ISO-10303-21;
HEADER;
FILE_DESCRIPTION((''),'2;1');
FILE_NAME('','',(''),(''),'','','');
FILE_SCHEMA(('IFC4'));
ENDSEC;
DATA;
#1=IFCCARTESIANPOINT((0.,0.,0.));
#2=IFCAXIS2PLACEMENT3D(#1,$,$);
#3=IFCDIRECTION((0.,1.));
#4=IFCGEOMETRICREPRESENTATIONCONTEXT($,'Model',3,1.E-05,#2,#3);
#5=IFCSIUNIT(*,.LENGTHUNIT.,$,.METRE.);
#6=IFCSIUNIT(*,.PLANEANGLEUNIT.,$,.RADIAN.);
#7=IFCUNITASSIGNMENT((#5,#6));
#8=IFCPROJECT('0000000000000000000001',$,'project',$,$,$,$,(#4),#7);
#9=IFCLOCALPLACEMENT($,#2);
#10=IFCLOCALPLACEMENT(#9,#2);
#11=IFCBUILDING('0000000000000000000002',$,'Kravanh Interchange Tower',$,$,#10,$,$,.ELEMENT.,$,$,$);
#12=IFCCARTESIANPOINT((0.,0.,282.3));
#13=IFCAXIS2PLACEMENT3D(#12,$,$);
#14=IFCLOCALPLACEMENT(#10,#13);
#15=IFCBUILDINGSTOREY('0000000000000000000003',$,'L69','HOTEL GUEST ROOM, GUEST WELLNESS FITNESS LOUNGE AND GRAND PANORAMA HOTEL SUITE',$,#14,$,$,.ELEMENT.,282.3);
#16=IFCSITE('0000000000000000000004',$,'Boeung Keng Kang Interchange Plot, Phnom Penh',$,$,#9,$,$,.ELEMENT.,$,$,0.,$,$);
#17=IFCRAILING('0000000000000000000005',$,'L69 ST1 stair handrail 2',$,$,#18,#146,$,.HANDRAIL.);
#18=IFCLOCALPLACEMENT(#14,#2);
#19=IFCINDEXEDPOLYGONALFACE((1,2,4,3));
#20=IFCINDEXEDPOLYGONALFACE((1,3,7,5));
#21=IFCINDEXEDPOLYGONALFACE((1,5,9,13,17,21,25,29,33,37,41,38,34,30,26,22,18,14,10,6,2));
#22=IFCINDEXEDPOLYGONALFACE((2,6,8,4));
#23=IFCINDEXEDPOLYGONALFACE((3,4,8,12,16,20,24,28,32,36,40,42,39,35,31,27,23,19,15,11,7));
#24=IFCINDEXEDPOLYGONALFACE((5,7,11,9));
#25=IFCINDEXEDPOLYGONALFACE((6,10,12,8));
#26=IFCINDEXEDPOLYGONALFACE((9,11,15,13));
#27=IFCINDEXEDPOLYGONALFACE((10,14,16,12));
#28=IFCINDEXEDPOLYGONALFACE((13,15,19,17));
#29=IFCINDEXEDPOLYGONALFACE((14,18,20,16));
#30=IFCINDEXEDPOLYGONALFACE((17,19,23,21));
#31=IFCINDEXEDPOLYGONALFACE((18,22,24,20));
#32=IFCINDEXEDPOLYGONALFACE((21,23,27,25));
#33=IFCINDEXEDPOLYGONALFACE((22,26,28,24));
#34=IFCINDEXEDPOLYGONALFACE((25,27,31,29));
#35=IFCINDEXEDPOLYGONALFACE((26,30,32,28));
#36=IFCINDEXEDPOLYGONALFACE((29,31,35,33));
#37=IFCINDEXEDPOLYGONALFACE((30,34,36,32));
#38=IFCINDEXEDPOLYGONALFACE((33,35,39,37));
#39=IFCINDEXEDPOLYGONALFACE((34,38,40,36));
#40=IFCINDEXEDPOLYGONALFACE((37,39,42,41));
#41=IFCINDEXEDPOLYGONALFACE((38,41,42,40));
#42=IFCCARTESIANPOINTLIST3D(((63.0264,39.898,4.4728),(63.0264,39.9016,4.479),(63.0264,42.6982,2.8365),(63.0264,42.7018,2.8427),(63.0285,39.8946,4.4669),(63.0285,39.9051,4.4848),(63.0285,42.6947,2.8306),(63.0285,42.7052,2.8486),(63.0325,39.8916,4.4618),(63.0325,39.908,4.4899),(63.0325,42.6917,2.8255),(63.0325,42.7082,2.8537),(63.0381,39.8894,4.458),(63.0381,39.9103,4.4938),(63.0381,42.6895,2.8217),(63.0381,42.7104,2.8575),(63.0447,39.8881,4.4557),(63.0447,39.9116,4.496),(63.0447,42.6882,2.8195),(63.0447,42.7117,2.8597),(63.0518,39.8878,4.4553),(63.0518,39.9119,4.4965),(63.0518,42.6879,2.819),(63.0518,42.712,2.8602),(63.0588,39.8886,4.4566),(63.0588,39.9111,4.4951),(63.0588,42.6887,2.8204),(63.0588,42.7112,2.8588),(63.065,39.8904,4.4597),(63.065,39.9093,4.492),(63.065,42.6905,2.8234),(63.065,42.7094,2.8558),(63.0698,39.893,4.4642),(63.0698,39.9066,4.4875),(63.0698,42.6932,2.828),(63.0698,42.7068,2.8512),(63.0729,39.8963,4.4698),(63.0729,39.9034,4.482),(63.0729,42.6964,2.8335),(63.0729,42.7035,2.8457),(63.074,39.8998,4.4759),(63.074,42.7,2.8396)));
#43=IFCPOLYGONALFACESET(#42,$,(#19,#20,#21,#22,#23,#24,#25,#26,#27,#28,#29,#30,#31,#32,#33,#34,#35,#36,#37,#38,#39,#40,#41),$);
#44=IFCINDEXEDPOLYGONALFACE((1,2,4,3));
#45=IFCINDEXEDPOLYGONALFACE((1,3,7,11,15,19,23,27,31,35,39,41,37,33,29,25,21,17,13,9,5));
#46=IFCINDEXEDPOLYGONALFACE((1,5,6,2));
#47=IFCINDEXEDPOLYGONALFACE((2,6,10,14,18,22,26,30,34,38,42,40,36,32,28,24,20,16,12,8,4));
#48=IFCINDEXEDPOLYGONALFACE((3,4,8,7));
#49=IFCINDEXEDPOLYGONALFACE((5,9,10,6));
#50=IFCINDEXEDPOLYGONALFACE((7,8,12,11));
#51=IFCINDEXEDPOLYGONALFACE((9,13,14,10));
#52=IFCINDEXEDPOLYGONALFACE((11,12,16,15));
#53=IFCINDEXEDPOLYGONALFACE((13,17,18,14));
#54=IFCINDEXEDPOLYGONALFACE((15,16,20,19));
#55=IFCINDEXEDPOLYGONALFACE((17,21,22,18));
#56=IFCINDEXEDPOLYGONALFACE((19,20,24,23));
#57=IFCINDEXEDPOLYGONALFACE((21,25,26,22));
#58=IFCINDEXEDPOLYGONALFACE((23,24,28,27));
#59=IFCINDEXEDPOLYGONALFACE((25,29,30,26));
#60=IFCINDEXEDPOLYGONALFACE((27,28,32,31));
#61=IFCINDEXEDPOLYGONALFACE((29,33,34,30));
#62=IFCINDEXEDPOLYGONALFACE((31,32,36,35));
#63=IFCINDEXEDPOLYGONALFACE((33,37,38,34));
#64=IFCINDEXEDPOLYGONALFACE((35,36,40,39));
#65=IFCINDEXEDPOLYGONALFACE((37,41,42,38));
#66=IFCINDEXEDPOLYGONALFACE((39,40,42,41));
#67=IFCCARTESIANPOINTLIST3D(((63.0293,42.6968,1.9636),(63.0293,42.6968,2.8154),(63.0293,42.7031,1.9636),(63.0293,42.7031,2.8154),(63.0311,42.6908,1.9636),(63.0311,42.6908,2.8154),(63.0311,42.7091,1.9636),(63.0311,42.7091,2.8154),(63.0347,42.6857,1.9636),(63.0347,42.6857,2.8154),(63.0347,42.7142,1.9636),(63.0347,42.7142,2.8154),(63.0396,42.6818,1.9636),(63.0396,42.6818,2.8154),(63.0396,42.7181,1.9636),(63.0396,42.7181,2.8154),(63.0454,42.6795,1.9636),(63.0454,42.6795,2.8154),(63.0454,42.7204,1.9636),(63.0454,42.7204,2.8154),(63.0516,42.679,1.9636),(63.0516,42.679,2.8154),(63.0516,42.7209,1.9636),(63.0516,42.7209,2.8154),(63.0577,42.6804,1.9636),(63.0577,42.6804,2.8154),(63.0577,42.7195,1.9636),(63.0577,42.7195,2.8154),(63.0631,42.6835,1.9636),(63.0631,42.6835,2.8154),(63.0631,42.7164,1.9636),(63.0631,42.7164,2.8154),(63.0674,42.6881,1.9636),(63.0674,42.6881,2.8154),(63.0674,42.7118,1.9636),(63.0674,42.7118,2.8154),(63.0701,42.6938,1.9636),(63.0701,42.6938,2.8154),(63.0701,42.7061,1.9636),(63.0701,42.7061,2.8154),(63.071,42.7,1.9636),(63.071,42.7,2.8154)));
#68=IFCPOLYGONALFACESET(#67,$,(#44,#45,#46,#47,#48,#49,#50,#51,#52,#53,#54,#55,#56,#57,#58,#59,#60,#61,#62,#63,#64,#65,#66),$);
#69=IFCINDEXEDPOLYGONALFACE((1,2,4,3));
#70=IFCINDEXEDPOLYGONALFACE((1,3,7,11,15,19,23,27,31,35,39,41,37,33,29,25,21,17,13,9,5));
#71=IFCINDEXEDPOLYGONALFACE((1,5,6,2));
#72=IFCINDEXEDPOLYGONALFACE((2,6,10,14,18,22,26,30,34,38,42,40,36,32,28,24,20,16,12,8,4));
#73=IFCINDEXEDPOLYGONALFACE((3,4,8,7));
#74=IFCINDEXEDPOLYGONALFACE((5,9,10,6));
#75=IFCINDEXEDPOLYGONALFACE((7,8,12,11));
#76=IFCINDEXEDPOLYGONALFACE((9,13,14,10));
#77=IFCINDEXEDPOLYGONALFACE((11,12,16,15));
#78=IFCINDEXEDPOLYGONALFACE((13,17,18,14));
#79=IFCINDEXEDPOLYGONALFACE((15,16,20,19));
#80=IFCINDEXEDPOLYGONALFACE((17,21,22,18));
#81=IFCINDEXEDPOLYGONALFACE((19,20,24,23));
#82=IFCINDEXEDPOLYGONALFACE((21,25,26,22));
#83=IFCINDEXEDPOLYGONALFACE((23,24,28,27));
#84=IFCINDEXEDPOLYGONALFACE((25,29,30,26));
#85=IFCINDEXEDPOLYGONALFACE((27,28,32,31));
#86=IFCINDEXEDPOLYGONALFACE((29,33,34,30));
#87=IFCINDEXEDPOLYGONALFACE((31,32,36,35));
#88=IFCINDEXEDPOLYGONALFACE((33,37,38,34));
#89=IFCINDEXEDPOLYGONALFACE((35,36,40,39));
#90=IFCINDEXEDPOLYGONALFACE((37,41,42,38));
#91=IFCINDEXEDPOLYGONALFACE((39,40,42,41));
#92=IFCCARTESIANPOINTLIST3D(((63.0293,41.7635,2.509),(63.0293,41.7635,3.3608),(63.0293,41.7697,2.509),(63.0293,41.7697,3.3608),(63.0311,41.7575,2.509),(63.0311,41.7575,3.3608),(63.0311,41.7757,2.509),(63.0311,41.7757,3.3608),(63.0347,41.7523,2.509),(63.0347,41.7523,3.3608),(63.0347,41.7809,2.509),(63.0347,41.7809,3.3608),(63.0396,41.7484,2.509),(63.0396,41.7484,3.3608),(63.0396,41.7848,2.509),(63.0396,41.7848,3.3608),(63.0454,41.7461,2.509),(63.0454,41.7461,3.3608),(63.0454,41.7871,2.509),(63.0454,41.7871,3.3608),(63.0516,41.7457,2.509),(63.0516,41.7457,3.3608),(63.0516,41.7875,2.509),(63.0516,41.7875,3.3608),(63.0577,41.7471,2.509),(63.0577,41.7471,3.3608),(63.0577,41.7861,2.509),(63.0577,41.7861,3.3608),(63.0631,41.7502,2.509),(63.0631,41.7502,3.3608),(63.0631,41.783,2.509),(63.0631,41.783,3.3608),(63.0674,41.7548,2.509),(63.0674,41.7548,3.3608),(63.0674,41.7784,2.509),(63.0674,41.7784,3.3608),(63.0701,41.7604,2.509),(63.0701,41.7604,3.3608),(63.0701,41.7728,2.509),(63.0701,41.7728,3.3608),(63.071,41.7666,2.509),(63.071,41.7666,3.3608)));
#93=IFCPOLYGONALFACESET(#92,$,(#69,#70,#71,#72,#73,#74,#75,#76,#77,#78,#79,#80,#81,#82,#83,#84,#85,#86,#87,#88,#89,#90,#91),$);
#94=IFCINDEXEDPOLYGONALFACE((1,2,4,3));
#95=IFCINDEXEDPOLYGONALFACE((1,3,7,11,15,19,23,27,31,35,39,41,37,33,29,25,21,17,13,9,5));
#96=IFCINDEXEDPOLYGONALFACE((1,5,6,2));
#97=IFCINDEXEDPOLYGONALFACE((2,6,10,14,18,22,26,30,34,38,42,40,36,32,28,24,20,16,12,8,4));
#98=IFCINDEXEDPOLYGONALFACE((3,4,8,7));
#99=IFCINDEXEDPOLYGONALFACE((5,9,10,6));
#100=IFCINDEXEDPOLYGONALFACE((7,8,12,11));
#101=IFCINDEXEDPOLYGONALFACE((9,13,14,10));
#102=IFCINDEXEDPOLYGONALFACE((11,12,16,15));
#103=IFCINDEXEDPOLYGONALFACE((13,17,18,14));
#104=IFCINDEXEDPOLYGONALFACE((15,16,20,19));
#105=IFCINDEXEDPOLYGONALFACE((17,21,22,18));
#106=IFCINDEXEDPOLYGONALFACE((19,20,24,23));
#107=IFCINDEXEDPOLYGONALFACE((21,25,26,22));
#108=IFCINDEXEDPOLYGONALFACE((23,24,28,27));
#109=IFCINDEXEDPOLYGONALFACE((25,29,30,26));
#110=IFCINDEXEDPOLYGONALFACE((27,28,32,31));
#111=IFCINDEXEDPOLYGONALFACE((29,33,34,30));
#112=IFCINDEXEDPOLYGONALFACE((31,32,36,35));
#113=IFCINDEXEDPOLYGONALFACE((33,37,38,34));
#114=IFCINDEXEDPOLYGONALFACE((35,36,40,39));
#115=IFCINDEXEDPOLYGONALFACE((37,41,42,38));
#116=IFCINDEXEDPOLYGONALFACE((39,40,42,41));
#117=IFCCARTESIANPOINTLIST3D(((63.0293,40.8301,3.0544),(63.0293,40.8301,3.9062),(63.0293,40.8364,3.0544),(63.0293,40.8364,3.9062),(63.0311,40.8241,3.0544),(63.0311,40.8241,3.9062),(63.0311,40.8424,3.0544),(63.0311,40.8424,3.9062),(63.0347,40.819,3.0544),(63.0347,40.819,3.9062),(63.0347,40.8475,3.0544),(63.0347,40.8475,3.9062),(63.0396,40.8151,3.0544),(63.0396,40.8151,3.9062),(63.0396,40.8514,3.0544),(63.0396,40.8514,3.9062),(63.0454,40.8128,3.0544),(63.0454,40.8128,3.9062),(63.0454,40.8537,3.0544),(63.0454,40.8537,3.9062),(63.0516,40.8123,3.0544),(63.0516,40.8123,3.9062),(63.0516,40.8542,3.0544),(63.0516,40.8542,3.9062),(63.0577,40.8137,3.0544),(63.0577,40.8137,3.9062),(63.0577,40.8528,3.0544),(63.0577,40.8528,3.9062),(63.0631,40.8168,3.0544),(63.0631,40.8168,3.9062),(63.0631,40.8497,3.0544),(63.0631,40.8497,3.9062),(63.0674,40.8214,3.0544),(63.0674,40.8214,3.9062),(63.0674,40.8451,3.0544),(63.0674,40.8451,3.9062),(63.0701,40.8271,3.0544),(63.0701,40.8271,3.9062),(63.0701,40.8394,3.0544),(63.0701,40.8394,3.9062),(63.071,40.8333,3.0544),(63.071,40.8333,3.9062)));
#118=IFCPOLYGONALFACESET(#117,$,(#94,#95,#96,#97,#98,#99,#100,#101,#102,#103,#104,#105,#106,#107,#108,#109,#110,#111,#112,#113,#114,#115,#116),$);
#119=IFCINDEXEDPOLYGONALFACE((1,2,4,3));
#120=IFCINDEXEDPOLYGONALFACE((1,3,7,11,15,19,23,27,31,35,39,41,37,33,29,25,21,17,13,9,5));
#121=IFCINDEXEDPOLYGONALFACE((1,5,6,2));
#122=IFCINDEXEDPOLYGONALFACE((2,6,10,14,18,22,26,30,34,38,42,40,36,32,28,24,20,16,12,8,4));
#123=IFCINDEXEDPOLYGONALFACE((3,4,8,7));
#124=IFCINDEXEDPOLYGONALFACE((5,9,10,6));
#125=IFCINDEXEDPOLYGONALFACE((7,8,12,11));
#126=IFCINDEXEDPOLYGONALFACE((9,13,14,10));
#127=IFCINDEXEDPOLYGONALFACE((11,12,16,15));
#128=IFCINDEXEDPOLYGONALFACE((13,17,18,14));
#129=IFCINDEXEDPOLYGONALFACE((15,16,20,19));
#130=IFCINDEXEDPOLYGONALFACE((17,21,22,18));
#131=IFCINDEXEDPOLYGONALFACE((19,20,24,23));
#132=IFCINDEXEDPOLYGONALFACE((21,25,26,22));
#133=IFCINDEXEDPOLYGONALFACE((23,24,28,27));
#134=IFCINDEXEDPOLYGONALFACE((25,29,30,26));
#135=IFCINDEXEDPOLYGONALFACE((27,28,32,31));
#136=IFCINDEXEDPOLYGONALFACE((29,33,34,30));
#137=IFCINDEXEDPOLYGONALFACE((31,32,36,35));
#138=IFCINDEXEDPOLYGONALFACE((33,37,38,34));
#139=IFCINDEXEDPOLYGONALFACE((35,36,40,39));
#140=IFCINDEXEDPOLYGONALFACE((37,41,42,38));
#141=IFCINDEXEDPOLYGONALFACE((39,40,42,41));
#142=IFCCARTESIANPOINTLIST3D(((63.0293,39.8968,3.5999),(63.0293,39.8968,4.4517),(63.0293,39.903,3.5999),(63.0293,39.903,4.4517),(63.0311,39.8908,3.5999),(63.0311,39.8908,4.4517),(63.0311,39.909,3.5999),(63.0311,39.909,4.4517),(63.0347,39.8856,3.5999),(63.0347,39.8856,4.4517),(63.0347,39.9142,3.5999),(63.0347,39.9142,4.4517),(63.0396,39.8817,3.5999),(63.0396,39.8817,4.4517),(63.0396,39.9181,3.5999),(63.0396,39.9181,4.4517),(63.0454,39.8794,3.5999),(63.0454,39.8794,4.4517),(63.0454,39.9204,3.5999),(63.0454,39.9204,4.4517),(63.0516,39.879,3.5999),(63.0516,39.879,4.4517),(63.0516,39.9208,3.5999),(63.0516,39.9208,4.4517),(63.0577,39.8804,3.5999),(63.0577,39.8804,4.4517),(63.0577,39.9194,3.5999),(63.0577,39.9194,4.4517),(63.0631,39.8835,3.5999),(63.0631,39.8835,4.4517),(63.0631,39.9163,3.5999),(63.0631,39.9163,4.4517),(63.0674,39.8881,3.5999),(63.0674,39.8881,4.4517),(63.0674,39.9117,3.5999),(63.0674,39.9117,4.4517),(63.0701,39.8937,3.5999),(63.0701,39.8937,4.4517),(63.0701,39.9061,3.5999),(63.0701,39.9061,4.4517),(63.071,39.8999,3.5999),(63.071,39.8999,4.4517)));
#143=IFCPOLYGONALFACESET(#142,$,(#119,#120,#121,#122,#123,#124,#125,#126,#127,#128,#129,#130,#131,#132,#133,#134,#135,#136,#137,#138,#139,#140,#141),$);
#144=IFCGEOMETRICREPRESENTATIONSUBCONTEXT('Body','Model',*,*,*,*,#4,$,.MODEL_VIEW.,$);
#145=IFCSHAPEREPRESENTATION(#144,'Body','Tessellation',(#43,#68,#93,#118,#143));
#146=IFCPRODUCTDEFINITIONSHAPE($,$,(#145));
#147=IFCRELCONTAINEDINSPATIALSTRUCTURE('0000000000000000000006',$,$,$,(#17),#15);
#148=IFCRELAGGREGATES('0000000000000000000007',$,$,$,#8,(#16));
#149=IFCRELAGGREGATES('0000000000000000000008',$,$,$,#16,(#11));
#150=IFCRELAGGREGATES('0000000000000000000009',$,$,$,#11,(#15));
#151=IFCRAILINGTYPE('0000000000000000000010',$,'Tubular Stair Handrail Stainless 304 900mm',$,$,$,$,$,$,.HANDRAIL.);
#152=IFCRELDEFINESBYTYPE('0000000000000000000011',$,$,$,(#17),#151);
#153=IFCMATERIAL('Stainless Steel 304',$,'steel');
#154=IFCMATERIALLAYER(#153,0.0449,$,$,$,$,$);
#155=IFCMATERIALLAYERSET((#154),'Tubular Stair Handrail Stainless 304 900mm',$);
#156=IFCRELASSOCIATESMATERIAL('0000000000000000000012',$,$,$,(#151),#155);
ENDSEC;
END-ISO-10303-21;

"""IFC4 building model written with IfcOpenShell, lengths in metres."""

from ifc_helpers import new_model, si_unit, direction, frame, origin, origin_2d, place, context, subcontext, project, spatial, circle, extrude, material, layer, layer_set, type_object, element, save


model = new_model("IFC4")

# Units and contexts
model_context = context("Model", 3, precision=1e-05, world=origin(), true_north=direction((0.0, 1.0)))
body_context = subcontext(model_context, "Body", "Model", "MODEL_VIEW")
ifc_project = project(units=[si_unit("LENGTHUNIT", "METRE"), si_unit("PLANEANGLEUNIT", "RADIAN")], contexts=[model_context])

# Site, building, storey
site_placement = place(None, origin())
site = spatial("IfcSite", under=ifc_project, at=site_placement, Name="Boeung Keng Kang Interchange Plot, Phnom Penh", CompositionType="ELEMENT", RefElevation=0.0)
building_placement = place(site_placement, origin())
building = spatial("IfcBuilding", under=site, at=building_placement, Name="Kravanh Interchange Tower", CompositionType="ELEMENT")
storey_placement = place(building_placement, frame((0.0, 0.0, 282.3)))
storey = spatial("IfcBuildingStorey", under=building, at=storey_placement, Name="L69", Description="HOTEL GUEST ROOM, GUEST WELLNESS FITNESS LOUNGE AND GRAND PANORAMA HOTEL SUITE", CompositionType="ELEMENT", Elevation=282.3)

# Railing
ifc_material_1 = material(Name="Stainless Steel 304", Category="steel")
ifc_layer_1 = layer(ifc_material_1, 0.0449)
ifc_layer_set_1 = layer_set([ifc_layer_1], Name="Tubular Stair Handrail Stainless 304 900mm")
railing_type_1 = type_object("IfcRailingType", Name="Tubular Stair Handrail Stainless 304 900mm", PredefinedType="HANDRAIL", material=ifc_layer_set_1)
railing_1_placement = place(storey_placement, frame((63.05, 42.7, 1.9636)))
element("IfcRailing", 1, at=railing_1_placement, inside=storey, type_object=railing_type_1, Name="L69 ST1 stair handrail 2", PredefinedType="HANDRAIL", context=body_context, shape_type="SweptSolid", body=[
    extrude(circle(Radius=0.0239, at=origin_2d()), frame((0.0, 0.0, 0.876), z_axis=(0.0, -0.863394, 0.504531), x_axis=(1.0, 0.0, 0.0)), (0.0, 0.0, 1.0), 3.2432),
    extrude(circle(Radius=0.021, at=origin_2d()), origin(), (0.0, 0.0, 1.0), 0.8518),
    extrude(circle(Radius=0.021, at=origin_2d()), frame((0.0, -0.9333, 0.5454)), (0.0, 0.0, 1.0), 0.8518),
    extrude(circle(Radius=0.021, at=origin_2d()), frame((0.0, -1.8667, 1.0908)), (0.0, 0.0, 1.0), 0.8518),
    extrude(circle(Radius=0.021, at=origin_2d()), frame((0.0, -2.8, 1.6362)), (0.0, 0.0, 1.0), 0.8518),
])

save(model, "model.ifc")
